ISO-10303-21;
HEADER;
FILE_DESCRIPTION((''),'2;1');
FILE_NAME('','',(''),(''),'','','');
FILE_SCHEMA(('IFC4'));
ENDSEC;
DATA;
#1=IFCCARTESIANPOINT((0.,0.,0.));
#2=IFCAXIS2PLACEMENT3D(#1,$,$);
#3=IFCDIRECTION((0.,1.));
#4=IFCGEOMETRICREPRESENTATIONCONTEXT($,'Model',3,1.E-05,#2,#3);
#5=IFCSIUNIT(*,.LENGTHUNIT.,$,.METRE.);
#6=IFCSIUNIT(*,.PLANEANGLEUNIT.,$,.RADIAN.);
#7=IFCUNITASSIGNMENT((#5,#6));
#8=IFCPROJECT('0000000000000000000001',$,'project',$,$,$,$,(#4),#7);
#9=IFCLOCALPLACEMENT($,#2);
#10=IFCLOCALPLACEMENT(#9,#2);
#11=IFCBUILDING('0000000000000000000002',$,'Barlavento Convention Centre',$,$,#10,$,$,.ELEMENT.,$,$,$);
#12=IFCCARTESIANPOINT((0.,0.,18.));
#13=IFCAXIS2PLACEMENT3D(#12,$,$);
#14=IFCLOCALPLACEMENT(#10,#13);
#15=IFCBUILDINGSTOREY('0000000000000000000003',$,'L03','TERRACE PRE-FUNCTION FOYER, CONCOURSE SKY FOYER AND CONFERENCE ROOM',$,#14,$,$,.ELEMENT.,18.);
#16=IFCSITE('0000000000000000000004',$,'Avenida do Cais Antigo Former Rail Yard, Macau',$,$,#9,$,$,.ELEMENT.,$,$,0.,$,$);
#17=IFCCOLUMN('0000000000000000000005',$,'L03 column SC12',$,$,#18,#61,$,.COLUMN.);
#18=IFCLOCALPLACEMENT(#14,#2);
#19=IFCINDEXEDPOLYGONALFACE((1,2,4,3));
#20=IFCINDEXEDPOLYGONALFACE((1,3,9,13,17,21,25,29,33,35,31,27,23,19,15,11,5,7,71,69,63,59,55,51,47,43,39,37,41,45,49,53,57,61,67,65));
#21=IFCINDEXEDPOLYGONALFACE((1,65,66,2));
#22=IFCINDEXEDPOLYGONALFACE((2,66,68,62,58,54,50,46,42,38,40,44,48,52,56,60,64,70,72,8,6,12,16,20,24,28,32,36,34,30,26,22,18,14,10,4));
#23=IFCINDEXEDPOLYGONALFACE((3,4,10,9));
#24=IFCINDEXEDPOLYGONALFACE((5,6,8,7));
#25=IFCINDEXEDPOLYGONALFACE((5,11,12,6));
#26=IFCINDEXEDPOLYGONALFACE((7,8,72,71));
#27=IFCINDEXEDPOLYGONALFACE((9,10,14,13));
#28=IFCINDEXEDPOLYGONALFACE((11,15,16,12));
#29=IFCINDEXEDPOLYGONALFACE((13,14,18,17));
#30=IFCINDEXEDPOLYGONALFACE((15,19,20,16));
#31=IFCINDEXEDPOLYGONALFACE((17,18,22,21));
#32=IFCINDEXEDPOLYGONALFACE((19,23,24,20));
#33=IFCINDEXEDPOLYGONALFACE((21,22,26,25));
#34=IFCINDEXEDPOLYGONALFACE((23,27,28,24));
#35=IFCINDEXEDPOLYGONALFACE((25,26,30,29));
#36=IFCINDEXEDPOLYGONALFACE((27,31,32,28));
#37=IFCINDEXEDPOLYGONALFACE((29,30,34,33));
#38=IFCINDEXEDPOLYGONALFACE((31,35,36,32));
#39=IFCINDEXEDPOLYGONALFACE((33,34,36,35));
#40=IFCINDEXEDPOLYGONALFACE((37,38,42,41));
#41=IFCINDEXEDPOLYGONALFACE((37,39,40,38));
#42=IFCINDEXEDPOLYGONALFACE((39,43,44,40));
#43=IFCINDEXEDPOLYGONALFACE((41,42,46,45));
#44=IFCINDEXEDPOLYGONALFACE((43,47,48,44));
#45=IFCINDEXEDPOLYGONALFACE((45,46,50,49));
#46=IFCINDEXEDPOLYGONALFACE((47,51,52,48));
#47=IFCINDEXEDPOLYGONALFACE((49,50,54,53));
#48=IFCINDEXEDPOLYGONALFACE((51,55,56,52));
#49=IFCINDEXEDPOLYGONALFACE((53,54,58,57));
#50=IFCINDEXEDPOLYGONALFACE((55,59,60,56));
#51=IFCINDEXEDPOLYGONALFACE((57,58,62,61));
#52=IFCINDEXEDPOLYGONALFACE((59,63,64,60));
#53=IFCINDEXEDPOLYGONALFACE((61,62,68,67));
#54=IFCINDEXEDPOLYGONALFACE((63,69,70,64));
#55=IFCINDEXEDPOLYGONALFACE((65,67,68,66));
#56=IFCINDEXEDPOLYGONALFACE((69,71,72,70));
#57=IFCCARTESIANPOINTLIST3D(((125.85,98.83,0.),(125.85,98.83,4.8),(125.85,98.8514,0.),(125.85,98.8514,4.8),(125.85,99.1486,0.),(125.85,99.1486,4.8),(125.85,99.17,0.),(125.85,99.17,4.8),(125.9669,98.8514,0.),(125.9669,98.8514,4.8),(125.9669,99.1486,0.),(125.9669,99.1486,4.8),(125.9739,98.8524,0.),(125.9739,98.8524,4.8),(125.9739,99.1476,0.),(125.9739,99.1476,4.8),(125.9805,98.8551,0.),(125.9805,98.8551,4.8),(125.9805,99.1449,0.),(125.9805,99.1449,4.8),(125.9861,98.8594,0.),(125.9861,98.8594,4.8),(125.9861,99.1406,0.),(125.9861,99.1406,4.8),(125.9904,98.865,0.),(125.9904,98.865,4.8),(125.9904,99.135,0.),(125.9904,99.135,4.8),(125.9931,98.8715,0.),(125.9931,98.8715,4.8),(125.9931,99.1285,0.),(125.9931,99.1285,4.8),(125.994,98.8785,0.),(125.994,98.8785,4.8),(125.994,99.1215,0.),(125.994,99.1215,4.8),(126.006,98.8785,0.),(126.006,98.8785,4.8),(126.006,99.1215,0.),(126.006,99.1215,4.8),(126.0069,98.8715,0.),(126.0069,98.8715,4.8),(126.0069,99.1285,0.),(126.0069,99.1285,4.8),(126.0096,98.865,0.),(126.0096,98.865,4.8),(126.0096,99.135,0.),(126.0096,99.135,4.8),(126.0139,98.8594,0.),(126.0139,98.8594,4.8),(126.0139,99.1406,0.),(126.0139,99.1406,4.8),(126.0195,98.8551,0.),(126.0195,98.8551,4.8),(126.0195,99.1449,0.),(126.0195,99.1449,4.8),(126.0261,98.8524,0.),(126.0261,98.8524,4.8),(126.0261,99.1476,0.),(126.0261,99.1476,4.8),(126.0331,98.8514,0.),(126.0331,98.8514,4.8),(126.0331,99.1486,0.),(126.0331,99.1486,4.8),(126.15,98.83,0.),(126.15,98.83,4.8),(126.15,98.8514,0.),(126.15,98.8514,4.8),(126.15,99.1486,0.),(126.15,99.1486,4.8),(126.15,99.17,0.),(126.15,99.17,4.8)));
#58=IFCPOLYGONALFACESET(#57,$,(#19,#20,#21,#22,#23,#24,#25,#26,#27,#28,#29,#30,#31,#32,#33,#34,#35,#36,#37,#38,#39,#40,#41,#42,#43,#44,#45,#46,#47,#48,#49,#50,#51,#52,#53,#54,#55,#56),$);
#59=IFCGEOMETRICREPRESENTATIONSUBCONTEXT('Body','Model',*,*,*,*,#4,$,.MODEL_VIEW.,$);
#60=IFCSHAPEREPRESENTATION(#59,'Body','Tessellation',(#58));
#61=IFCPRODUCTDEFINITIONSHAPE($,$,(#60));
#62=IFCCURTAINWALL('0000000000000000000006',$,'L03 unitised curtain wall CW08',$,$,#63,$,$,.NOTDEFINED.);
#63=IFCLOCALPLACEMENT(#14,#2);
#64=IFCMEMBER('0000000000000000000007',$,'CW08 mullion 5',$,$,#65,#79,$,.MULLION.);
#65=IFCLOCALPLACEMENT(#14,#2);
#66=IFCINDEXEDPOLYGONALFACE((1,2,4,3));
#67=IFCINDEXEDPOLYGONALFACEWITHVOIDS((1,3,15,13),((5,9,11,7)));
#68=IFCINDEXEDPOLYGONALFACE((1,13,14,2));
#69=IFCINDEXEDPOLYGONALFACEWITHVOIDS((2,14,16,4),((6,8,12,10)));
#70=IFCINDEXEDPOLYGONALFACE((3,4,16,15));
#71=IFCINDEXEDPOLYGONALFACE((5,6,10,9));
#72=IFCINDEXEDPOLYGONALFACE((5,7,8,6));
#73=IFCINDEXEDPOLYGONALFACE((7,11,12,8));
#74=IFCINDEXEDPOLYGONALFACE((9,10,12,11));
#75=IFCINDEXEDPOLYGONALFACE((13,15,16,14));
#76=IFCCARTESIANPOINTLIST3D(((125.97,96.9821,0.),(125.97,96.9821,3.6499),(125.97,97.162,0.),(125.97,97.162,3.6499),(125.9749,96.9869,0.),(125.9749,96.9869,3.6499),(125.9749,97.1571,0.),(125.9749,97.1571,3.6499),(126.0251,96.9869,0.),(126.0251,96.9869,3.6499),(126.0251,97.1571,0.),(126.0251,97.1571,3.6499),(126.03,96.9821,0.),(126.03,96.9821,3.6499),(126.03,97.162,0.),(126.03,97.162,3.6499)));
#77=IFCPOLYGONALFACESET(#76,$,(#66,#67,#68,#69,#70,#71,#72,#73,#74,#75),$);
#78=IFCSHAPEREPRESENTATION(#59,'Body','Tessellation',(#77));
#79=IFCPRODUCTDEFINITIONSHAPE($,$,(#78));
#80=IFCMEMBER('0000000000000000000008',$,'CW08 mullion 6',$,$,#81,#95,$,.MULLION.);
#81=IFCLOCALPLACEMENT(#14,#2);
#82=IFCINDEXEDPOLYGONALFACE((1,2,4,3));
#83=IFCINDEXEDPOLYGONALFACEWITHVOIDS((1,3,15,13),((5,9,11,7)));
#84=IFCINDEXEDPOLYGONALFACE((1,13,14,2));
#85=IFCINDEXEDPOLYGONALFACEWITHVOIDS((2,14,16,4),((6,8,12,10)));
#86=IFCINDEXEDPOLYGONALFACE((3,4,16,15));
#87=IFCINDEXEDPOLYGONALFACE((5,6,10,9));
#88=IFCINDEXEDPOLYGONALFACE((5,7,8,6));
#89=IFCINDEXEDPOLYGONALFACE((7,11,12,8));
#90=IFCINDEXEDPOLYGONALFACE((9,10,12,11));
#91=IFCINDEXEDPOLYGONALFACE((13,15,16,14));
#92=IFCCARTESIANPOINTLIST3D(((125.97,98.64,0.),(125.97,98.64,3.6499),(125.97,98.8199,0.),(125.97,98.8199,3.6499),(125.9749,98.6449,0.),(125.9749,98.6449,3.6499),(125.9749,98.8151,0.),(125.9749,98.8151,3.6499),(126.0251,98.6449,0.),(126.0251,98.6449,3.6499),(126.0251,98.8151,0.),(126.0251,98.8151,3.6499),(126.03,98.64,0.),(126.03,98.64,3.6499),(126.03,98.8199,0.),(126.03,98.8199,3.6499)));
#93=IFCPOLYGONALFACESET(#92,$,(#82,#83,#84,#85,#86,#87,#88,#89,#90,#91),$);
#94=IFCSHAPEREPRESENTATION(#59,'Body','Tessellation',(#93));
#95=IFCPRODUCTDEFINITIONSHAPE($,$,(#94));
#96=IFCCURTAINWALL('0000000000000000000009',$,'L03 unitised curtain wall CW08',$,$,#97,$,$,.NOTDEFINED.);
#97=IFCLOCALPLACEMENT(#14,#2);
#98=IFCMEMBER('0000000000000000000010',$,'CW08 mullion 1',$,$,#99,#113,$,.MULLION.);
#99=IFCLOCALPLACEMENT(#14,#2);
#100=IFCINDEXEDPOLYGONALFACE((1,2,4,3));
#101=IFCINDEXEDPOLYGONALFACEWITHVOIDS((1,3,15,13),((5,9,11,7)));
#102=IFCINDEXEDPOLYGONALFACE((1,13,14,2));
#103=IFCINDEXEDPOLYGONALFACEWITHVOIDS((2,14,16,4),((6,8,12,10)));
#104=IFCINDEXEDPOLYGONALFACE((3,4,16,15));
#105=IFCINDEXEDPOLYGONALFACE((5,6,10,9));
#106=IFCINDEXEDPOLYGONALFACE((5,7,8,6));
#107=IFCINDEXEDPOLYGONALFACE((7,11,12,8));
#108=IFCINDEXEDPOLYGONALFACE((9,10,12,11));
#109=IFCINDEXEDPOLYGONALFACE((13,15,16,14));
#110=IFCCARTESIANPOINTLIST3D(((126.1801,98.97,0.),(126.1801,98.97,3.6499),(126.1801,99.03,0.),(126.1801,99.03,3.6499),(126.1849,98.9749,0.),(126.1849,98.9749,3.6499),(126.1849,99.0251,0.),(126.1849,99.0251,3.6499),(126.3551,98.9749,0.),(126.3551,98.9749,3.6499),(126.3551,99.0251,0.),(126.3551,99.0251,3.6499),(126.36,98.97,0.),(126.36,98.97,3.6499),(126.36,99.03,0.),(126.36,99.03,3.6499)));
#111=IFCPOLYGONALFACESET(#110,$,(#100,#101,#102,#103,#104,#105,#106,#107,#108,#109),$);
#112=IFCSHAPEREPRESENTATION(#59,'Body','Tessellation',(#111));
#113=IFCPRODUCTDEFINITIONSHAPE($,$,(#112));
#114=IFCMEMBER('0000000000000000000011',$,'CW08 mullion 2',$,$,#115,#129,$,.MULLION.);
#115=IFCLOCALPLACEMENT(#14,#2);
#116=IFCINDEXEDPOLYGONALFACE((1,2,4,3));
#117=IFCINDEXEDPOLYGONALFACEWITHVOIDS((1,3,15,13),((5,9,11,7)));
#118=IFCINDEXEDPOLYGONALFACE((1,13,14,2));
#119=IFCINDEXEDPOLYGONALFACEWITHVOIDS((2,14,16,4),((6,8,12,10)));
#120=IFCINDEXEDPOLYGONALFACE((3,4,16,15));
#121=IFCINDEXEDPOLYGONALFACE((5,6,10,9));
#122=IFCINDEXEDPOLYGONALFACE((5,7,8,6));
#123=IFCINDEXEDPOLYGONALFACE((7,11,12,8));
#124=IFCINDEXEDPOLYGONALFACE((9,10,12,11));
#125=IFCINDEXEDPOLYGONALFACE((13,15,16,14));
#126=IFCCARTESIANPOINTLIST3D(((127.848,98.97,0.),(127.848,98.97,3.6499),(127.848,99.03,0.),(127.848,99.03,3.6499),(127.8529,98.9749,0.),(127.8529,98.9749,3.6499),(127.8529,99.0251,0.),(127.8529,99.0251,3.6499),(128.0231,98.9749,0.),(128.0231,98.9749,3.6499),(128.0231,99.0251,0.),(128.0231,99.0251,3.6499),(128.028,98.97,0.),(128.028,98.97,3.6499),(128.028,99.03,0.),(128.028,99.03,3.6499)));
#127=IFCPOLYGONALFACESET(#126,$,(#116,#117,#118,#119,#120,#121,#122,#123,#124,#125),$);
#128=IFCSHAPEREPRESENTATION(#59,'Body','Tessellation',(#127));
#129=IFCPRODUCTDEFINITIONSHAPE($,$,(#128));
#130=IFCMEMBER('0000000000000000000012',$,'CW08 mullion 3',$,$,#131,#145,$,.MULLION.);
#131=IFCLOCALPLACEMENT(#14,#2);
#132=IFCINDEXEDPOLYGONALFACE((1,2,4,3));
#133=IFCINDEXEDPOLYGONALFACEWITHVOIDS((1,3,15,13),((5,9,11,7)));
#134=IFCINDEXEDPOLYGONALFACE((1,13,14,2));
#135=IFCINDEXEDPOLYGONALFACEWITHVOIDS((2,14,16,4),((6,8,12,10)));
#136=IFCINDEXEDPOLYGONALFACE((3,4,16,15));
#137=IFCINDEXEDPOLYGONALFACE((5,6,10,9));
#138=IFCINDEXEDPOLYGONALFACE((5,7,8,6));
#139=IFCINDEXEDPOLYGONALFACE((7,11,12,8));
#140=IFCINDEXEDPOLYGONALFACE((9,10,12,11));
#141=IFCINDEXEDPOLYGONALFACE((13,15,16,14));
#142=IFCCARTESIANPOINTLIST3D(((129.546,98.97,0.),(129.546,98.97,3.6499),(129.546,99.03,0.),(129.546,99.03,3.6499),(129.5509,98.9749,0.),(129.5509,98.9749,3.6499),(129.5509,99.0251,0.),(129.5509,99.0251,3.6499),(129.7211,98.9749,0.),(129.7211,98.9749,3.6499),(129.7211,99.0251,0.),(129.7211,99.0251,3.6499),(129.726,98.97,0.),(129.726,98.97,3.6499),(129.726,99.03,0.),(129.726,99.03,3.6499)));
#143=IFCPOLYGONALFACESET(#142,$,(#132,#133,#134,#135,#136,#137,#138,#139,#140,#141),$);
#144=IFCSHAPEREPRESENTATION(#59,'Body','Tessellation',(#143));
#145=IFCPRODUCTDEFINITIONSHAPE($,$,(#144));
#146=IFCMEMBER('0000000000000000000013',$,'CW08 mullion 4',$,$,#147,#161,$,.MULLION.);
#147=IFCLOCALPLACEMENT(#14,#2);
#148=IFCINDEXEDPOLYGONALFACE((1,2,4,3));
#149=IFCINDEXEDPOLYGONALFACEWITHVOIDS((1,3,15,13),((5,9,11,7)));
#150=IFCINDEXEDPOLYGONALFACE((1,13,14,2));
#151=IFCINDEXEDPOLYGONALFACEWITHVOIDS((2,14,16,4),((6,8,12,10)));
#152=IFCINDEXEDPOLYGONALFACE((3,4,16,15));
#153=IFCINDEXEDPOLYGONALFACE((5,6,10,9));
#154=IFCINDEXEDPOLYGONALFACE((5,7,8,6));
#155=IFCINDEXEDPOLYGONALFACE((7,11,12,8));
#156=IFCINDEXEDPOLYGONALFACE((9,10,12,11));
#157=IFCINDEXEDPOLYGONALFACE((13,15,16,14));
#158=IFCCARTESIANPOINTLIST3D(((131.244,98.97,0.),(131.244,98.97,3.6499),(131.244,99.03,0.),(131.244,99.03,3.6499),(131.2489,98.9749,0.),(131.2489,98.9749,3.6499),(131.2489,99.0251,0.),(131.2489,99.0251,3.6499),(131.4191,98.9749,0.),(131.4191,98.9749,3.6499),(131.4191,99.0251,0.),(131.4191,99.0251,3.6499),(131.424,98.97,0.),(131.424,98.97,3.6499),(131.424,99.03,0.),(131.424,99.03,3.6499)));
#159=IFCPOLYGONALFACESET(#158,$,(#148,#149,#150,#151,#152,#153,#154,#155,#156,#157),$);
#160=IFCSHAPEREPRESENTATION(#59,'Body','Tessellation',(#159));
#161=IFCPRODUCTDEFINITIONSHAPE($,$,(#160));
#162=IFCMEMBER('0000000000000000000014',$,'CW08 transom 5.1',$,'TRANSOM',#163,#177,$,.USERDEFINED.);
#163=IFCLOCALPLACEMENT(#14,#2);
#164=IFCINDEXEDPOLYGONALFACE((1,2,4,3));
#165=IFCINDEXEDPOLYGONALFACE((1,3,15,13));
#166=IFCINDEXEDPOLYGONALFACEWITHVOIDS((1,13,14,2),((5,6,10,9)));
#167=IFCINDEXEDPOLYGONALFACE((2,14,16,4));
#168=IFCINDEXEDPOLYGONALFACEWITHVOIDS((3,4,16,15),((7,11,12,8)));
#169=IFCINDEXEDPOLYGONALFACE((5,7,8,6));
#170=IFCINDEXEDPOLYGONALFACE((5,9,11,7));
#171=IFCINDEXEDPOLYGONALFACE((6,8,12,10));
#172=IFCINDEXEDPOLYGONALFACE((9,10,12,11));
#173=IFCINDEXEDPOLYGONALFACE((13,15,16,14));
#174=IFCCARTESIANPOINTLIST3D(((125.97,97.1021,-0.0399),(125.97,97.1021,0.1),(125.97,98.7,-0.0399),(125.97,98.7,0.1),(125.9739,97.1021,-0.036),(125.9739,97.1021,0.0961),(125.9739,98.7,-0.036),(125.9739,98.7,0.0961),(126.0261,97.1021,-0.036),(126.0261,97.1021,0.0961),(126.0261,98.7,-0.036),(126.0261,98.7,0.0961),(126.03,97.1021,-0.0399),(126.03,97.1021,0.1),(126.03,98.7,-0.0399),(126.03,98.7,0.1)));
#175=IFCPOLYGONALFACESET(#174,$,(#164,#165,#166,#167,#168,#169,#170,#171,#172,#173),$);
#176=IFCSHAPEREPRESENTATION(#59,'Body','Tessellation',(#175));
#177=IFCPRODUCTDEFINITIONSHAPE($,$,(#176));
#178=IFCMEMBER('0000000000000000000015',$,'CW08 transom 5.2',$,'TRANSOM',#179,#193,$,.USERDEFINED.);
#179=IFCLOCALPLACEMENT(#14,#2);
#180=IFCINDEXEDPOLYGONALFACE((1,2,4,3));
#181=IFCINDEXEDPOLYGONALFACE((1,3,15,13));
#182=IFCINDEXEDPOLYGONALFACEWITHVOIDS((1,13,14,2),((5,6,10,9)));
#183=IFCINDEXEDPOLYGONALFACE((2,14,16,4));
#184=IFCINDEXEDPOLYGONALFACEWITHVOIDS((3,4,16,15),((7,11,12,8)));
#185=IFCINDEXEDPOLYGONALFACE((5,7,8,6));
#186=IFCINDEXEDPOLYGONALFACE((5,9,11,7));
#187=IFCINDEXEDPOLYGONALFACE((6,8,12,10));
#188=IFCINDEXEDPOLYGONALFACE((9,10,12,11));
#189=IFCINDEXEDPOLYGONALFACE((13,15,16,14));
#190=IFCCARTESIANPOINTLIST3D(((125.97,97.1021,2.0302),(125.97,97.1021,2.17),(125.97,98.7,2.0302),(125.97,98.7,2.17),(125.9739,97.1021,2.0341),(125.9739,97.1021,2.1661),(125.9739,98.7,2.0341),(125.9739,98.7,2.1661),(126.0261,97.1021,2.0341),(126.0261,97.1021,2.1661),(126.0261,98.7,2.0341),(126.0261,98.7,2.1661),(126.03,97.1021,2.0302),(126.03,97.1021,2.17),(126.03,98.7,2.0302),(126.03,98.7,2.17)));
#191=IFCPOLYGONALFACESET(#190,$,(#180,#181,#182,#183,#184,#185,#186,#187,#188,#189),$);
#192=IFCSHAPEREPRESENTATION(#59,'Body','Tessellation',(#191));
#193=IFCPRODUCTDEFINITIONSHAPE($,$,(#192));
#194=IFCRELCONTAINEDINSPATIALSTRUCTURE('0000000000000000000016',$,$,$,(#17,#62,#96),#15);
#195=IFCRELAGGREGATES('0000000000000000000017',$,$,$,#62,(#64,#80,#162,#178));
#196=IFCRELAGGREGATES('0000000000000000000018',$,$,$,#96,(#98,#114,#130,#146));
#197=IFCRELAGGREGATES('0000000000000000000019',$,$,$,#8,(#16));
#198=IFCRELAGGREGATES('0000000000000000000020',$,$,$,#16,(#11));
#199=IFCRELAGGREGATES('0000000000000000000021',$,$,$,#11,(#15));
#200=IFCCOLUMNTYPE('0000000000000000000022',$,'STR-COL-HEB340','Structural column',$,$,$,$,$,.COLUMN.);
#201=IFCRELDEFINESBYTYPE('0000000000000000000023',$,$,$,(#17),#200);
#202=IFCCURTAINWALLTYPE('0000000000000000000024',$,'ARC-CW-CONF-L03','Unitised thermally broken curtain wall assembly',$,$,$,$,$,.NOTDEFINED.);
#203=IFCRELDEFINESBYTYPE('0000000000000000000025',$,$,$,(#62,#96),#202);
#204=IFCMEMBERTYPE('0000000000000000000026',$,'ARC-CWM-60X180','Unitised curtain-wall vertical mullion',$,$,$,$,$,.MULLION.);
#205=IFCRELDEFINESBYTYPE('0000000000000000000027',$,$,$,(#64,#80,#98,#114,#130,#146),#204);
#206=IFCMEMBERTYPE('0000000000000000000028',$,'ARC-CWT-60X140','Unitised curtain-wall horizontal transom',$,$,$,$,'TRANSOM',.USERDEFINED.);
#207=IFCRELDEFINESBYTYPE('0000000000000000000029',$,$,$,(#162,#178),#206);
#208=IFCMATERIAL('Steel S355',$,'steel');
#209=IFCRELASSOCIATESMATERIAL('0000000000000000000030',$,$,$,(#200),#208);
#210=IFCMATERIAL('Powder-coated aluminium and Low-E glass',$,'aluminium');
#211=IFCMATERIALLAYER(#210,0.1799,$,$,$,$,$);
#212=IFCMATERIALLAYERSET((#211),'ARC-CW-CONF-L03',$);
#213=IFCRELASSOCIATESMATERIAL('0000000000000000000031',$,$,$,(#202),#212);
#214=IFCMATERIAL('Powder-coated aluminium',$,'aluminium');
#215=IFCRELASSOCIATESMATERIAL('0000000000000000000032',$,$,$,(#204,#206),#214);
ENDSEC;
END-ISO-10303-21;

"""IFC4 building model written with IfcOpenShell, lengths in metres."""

from ifc_helpers import new_model, si_unit, direction, frame, origin, origin_2d, place, context, subcontext, project, spatial, hollow_rectangle, i_section, extrude, material, layer, layer_set, material_profile, profile_set, type_object, element, aggregate, save


model = new_model("IFC4")

# Units and contexts
model_context = context("Model", 3, precision=1e-05, world=origin(), true_north=direction((0.0, 1.0)))
body_context = subcontext(model_context, "Body", "Model", "MODEL_VIEW")
ifc_project = project(units=[si_unit("LENGTHUNIT", "METRE"), si_unit("PLANEANGLEUNIT", "RADIAN")], contexts=[model_context])

# Site, building, storey
site_placement = place(None, origin())
site = spatial("IfcSite", under=ifc_project, at=site_placement, Name="Avenida do Cais Antigo Former Rail Yard, Macau", CompositionType="ELEMENT", RefElevation=0.0)
building_placement = place(site_placement, origin())
building = spatial("IfcBuilding", under=site, at=building_placement, Name="Barlavento Convention Centre", CompositionType="ELEMENT")
storey_placement = place(building_placement, frame((0.0, 0.0, 18.0)))
storey = spatial("IfcBuildingStorey", under=building, at=storey_placement, Name="L03", Description="TERRACE PRE-FUNCTION FOYER, CONCOURSE SKY FOYER AND CONFERENCE ROOM", CompositionType="ELEMENT", Elevation=18.0)

# Column
ifc_material_1 = material(Name="Steel S355", Category="steel")
ifc_material_profile_1 = material_profile(ifc_material_1, i_section(OverallWidth=0.3, OverallDepth=0.3401, WebThickness=0.012, FlangeThickness=0.0215, FilletRadius=0.0271, at=origin_2d()), Name="HEB 340")
ifc_profile_set_1 = profile_set([ifc_material_profile_1], Name="Steel S355")
column_type = type_object("IfcColumnType", Name="STR-COL-HEB340", Description="Structural column", PredefinedType="COLUMN", material=ifc_profile_set_1)
column_placement = place(storey_placement, frame((126.0, 99.0, 0.0), z_axis=(0.0, 0.0, 1.0), x_axis=(1.0, 0.0, 0.0)))
element("IfcColumn", 1, at=column_placement, inside=storey, type_object=column_type, Name="L03 column SC12", PredefinedType="COLUMN", context=body_context, shape_type="SweptSolid", body=[
    extrude(i_section(OverallWidth=0.3, OverallDepth=0.3401, WebThickness=0.012, FlangeThickness=0.0215, FilletRadius=0.0271, at=origin_2d()), origin(), (0.0, 0.0, 1.0), 4.8),
])

# Curtain walls, members
ifc_material_2 = material(Name="Powder-coated aluminium and Low-E glass", Category="aluminium")
ifc_layer_1 = layer(ifc_material_2, 0.1799)
ifc_layer_set_1 = layer_set([ifc_layer_1], Name="ARC-CW-CONF-L03")
curtain_wall_type = type_object("IfcCurtainWallType", Name="ARC-CW-CONF-L03", Description="Unitised thermally broken curtain wall assembly", PredefinedType="NOTDEFINED", material=ifc_layer_set_1)
curtain_wall_1_placement = place(storey_placement, origin())
curtain_wall_1 = element("IfcCurtainWall", 2, at=curtain_wall_1_placement, inside=storey, type_object=curtain_wall_type, Name="L03 unitised curtain wall CW08", PredefinedType="NOTDEFINED")
ifc_material_3 = material(Name="Powder-coated aluminium", Category="aluminium")
ifc_material_profile_2 = material_profile(ifc_material_3, hollow_rectangle(XDim=0.0601, YDim=0.1799, WallThickness=0.0049, at=origin_2d()), Name="AL-MULL 60x180x5")
ifc_profile_set_2 = profile_set([ifc_material_profile_2], Name="Powder-coated aluminium")
member_type_1 = type_object("IfcMemberType", Name="ARC-CWM-60X180", Description="Unitised curtain-wall vertical mullion", PredefinedType="MULLION", material=ifc_profile_set_2)
member_1_placement = place(storey_placement, frame((126.0, 97.072, 0.0), z_axis=(0.0, 0.0, 1.0), x_axis=(-1.0, 0.0, 0.0)))
member_1 = element("IfcMember", 3, at=member_1_placement, type_object=member_type_1, Name="CW08 mullion 5", PredefinedType="MULLION", context=body_context, shape_type="SweptSolid", body=[
    extrude(hollow_rectangle(XDim=0.0601, YDim=0.1799, WallThickness=0.0049, at=origin_2d()), origin(), (0.0, 0.0, 1.0), 3.6499),
])
member_2_placement = place(storey_placement, frame((126.0, 98.73, 0.0), z_axis=(0.0, 0.0, 1.0), x_axis=(-1.0, 0.0, 0.0)))
member_2 = element("IfcMember", 4, at=member_2_placement, type_object=member_type_1, Name="CW08 mullion 6", PredefinedType="MULLION", context=body_context, shape_type="SweptSolid", body=[
    extrude(hollow_rectangle(XDim=0.0601, YDim=0.1799, WallThickness=0.0049, at=origin_2d()), origin(), (0.0, 0.0, 1.0), 3.6499),
])
curtain_wall_2_placement = place(storey_placement, origin())
curtain_wall_2 = element("IfcCurtainWall", 5, at=curtain_wall_2_placement, inside=storey, type_object=curtain_wall_type, Name="L03 unitised curtain wall CW08", PredefinedType="NOTDEFINED")
member_3_placement = place(storey_placement, frame((126.27, 99.0, 0.0), z_axis=(0.0, 0.0, 1.0), x_axis=(0.0, 1.0, 0.0)))
member_3 = element("IfcMember", 6, at=member_3_placement, type_object=member_type_1, Name="CW08 mullion 1", PredefinedType="MULLION", context=body_context, shape_type="SweptSolid", body=[
    extrude(hollow_rectangle(XDim=0.0601, YDim=0.1799, WallThickness=0.0049, at=origin_2d()), origin(), (0.0, 0.0, 1.0), 3.6499),
])
member_4_placement = place(storey_placement, frame((127.938, 99.0, 0.0), z_axis=(0.0, 0.0, 1.0), x_axis=(0.0, 1.0, 0.0)))
member_4 = element("IfcMember", 7, at=member_4_placement, type_object=member_type_1, Name="CW08 mullion 2", PredefinedType="MULLION", context=body_context, shape_type="SweptSolid", body=[
    extrude(hollow_rectangle(XDim=0.0601, YDim=0.1799, WallThickness=0.0049, at=origin_2d()), origin(), (0.0, 0.0, 1.0), 3.6499),
])
member_5_placement = place(storey_placement, frame((129.636, 99.0, 0.0), z_axis=(0.0, 0.0, 1.0), x_axis=(0.0, 1.0, 0.0)))
member_5 = element("IfcMember", 8, at=member_5_placement, type_object=member_type_1, Name="CW08 mullion 3", PredefinedType="MULLION", context=body_context, shape_type="SweptSolid", body=[
    extrude(hollow_rectangle(XDim=0.0601, YDim=0.1799, WallThickness=0.0049, at=origin_2d()), origin(), (0.0, 0.0, 1.0), 3.6499),
])
member_6_placement = place(storey_placement, frame((131.334, 99.0, 0.0), z_axis=(0.0, 0.0, 1.0), x_axis=(0.0, 1.0, 0.0)))
member_6 = element("IfcMember", 9, at=member_6_placement, type_object=member_type_1, Name="CW08 mullion 4", PredefinedType="MULLION", context=body_context, shape_type="SweptSolid", body=[
    extrude(hollow_rectangle(XDim=0.0601, YDim=0.1799, WallThickness=0.0049, at=origin_2d()), origin(), (0.0, 0.0, 1.0), 3.6499),
])

# Members
ifc_material_profile_3 = material_profile(ifc_material_3, hollow_rectangle(XDim=0.0601, YDim=0.1399, WallThickness=0.0039, at=origin_2d()), Name="AL-TRAN 60x140x4")
ifc_profile_set_3 = profile_set([ifc_material_profile_3], Name="Powder-coated aluminium")
member_type_2 = type_object("IfcMemberType", Name="ARC-CWT-60X140", Description="Unitised curtain-wall horizontal transom", ElementType="TRANSOM", PredefinedType="USERDEFINED", material=ifc_profile_set_3)
member_7_placement = place(storey_placement, frame((126.0, 97.1021, 0.03), z_axis=(0.0, 1.0, 0.0), x_axis=(-1.0, 0.0, 0.0)))
member_7 = element("IfcMember", 10, at=member_7_placement, type_object=member_type_2, Name="CW08 transom 5.1", ObjectType="TRANSOM", PredefinedType="USERDEFINED", context=body_context, shape_type="SweptSolid", body=[
    extrude(hollow_rectangle(XDim=0.0601, YDim=0.1399, WallThickness=0.0039, at=origin_2d()), origin(), (0.0, 0.0, 1.0), 1.5979),
])
member_8_placement = place(storey_placement, frame((126.0, 97.1021, 2.1001), z_axis=(0.0, 1.0, 0.0), x_axis=(-1.0, 0.0, 0.0)))
member_8 = element("IfcMember", 11, at=member_8_placement, type_object=member_type_2, Name="CW08 transom 5.2", ObjectType="TRANSOM", PredefinedType="USERDEFINED", context=body_context, shape_type="SweptSolid", body=[
    extrude(hollow_rectangle(XDim=0.0601, YDim=0.1399, WallThickness=0.0039, at=origin_2d()), origin(), (0.0, 0.0, 1.0), 1.5979),
])

aggregate(curtain_wall_1, [member_1, member_2, member_7, member_8])
aggregate(curtain_wall_2, [member_3, member_4, member_5, member_6])

save(model, "model.ifc")
